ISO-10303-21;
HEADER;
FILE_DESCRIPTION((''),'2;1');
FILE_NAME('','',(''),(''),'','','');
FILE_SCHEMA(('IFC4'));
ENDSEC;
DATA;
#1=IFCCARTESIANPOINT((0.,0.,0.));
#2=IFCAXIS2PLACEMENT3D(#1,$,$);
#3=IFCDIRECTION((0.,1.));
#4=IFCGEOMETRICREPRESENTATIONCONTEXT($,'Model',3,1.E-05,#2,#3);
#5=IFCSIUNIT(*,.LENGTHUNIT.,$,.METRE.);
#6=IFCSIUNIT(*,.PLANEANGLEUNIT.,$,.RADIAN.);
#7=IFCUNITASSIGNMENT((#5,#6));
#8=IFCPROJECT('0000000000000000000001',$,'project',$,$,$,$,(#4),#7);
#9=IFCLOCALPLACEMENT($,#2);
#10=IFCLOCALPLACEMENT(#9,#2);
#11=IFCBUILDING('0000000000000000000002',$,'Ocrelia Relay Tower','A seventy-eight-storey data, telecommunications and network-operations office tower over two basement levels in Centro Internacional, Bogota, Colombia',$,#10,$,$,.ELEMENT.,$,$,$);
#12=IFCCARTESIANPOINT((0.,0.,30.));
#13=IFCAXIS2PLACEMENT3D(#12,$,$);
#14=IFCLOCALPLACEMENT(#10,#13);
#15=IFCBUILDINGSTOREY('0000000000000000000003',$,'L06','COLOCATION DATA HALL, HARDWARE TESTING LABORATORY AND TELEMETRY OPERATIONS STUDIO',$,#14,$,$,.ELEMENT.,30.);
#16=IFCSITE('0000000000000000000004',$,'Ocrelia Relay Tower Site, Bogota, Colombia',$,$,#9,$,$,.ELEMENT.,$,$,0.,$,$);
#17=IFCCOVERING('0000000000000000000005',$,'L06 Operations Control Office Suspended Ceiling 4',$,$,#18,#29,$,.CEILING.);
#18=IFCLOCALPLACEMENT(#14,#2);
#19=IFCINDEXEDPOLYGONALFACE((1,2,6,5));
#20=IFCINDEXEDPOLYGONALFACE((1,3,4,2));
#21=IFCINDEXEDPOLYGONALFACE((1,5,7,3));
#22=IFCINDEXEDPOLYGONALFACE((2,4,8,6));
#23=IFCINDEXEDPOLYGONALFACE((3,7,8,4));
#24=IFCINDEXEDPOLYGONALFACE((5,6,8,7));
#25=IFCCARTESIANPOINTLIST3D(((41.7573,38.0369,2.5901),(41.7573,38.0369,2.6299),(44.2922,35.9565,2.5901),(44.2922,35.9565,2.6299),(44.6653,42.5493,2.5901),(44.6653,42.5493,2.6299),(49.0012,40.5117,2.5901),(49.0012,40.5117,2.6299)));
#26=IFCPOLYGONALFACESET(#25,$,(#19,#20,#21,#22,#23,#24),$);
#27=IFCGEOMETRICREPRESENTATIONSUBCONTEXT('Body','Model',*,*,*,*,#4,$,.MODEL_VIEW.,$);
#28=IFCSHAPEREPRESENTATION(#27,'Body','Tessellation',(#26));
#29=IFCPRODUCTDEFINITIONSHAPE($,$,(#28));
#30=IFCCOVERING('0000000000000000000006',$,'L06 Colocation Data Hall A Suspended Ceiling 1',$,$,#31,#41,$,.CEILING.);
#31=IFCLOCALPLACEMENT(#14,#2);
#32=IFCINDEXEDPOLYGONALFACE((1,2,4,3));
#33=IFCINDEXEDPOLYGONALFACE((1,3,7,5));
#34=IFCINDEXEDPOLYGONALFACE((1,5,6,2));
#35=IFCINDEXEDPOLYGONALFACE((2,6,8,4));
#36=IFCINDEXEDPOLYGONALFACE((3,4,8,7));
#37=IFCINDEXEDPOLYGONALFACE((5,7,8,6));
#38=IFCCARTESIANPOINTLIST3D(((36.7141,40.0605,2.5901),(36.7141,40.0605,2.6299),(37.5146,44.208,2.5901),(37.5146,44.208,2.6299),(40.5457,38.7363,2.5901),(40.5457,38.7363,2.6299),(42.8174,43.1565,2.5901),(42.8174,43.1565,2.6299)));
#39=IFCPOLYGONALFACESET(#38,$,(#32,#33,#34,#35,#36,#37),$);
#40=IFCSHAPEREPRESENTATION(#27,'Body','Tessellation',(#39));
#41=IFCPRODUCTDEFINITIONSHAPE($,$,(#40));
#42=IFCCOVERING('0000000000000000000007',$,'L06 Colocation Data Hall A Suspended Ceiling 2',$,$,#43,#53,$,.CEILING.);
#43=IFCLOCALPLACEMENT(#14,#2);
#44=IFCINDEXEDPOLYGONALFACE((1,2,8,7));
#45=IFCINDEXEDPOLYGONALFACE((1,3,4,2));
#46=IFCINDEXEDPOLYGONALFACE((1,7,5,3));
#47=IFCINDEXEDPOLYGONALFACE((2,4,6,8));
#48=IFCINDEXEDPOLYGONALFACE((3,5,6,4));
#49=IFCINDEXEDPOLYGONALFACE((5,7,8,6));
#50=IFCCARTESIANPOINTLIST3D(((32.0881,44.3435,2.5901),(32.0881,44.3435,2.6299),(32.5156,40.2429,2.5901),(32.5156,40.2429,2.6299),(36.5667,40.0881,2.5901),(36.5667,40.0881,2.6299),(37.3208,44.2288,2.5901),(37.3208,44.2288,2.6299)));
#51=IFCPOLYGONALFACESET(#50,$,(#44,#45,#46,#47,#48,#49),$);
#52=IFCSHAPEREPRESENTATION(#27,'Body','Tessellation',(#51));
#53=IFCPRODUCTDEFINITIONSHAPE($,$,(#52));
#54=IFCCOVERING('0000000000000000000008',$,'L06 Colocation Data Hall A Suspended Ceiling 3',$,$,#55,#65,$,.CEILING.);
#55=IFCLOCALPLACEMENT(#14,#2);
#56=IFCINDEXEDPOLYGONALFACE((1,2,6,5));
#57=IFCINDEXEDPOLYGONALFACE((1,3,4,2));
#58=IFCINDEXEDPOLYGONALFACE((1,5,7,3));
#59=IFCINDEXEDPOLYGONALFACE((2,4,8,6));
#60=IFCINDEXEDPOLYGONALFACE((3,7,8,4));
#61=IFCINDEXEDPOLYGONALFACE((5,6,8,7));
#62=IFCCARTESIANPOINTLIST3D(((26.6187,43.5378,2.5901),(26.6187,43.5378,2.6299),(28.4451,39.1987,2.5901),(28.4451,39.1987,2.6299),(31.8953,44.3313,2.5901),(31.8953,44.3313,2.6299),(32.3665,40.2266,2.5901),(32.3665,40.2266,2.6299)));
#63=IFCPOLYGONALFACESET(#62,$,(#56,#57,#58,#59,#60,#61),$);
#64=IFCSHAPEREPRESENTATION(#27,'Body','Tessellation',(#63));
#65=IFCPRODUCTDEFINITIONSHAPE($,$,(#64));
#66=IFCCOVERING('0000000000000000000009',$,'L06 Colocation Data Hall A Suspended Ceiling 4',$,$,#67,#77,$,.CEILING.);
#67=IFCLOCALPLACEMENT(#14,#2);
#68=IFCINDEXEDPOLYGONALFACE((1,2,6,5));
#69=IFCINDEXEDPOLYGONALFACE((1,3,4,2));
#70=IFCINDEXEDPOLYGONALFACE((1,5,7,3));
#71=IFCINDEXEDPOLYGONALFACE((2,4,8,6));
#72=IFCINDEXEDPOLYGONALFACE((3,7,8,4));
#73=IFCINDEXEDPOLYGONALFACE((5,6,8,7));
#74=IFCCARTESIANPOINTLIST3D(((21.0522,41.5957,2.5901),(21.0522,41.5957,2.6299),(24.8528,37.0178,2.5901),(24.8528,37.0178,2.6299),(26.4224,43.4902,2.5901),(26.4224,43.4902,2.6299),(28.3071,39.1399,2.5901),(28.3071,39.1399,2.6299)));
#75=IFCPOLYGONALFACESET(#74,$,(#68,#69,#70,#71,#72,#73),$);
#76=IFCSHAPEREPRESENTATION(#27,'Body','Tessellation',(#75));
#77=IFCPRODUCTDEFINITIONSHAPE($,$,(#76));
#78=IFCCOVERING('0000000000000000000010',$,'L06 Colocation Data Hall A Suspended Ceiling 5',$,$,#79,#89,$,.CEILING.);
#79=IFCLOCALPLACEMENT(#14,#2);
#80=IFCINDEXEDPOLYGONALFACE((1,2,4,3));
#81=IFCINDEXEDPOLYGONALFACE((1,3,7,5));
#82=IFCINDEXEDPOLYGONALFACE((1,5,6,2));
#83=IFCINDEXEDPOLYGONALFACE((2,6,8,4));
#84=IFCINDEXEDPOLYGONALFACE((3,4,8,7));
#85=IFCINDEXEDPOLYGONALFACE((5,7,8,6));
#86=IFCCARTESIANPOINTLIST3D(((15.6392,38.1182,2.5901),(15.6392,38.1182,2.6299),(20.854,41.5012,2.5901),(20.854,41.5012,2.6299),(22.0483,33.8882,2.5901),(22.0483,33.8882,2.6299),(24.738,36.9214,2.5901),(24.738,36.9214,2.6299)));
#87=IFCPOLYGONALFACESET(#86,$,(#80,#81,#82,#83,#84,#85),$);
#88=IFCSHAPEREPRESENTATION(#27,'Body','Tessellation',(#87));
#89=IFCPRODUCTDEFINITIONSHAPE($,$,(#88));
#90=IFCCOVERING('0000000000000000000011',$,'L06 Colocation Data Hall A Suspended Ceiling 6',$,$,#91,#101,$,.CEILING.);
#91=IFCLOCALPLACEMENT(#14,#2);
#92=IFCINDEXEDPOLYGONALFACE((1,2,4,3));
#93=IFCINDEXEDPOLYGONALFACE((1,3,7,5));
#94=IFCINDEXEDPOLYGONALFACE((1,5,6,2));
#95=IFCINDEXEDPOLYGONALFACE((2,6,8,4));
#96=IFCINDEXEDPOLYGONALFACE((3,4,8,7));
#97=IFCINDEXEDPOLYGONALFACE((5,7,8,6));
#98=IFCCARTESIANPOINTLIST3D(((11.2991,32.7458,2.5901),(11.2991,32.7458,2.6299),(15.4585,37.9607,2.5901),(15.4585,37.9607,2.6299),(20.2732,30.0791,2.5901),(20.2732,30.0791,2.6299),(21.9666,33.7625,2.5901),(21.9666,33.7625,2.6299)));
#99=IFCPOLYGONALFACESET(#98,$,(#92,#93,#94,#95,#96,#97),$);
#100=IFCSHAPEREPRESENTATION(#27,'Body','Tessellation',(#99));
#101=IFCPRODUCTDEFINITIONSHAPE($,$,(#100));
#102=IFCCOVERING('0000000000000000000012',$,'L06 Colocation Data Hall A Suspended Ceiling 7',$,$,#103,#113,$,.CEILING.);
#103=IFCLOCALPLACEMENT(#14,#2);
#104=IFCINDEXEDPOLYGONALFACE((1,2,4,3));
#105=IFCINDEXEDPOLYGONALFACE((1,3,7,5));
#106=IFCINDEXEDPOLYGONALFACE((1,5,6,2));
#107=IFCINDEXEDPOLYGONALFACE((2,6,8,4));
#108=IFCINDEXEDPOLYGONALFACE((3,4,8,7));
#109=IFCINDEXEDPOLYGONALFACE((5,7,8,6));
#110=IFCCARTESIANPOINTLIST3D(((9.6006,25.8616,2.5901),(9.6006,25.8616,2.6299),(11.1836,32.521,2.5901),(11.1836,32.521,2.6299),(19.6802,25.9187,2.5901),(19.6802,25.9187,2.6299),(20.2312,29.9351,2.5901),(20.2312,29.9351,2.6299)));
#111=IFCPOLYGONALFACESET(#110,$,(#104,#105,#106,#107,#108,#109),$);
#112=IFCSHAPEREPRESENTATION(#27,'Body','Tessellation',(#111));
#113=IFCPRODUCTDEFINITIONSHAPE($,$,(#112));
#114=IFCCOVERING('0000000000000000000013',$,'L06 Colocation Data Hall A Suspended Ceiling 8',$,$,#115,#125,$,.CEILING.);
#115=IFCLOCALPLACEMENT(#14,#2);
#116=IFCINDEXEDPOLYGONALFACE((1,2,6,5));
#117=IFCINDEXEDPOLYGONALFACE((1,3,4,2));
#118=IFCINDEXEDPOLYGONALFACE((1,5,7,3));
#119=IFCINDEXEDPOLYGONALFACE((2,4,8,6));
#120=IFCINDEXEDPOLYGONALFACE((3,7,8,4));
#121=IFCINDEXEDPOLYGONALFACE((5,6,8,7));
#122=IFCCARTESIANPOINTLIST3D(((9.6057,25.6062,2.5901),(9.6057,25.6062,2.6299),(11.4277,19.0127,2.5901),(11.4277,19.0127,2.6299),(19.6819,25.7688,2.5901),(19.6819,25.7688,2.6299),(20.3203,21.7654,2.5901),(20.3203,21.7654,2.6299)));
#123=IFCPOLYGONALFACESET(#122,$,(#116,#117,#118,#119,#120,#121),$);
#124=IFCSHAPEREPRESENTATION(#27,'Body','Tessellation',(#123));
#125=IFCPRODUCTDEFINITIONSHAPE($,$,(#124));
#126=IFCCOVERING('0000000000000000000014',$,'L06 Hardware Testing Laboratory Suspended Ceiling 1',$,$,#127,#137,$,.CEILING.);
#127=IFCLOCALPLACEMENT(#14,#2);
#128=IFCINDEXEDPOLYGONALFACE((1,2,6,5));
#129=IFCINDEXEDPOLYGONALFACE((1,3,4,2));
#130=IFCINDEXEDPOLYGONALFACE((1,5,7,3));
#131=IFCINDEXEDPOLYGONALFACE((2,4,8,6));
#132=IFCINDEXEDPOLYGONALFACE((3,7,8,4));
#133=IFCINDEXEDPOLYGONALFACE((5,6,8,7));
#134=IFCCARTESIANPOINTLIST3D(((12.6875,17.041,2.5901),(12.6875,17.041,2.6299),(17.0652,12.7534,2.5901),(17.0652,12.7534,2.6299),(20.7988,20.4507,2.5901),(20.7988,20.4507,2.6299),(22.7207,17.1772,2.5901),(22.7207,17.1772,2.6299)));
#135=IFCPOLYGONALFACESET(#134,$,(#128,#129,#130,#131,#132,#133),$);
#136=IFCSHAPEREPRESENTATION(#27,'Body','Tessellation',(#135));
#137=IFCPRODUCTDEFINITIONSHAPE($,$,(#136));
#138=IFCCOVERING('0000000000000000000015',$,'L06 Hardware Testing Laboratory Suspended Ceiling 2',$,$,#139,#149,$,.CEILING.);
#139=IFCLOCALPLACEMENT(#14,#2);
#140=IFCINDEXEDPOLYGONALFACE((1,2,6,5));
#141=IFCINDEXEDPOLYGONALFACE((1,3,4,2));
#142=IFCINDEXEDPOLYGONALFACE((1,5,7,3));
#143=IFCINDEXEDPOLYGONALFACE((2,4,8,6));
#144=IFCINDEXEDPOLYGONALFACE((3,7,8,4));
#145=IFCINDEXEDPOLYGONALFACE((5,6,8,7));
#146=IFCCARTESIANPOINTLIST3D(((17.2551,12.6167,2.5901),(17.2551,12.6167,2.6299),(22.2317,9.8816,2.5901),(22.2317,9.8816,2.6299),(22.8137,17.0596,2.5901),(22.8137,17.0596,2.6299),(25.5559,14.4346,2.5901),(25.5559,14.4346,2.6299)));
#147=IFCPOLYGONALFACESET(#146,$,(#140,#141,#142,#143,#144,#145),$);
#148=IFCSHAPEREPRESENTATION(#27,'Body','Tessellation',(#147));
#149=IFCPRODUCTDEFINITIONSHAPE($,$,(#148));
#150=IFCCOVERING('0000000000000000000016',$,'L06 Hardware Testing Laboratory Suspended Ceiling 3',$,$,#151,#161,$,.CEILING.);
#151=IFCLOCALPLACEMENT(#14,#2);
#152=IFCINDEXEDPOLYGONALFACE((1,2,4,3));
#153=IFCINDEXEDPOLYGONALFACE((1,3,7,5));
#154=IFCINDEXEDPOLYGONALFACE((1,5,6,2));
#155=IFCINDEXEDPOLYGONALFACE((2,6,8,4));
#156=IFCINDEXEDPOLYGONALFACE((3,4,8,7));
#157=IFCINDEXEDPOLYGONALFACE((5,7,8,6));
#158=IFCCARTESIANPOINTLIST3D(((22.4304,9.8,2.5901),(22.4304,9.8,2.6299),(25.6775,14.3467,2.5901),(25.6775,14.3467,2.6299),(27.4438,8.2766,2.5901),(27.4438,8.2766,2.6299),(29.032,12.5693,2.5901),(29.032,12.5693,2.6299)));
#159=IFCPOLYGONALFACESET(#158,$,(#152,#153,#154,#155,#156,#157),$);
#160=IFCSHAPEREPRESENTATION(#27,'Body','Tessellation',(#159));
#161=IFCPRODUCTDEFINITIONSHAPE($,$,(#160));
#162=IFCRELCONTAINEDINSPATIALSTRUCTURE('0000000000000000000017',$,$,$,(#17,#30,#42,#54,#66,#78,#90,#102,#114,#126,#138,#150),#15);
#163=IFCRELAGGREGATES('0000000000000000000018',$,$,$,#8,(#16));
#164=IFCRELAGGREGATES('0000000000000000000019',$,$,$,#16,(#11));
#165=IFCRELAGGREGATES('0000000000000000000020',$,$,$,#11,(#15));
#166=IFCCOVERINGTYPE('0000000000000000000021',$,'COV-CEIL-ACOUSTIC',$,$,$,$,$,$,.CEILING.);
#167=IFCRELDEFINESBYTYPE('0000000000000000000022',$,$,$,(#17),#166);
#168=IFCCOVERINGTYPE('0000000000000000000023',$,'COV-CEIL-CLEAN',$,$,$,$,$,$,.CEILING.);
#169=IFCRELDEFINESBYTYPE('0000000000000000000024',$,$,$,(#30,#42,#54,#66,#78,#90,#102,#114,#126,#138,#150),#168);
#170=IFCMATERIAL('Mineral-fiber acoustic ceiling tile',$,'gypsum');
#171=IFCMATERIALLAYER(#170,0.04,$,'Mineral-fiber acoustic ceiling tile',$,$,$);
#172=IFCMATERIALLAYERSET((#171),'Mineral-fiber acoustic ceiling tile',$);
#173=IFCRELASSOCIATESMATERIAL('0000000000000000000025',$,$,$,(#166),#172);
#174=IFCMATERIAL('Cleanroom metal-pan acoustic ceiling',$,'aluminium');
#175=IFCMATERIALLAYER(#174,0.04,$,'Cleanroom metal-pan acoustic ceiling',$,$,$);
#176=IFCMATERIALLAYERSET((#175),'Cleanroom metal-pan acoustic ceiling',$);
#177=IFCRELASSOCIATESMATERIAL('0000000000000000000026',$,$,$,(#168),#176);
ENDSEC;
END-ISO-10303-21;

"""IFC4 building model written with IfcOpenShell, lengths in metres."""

from ifc_helpers import new_model, si_unit, direction, frame, origin, place, context, subcontext, project, spatial, polyline, outline, extrude, material, layer, layer_set, type_object, element, save


model = new_model("IFC4")

# Units and contexts
model_context = context("Model", 3, precision=1e-05, world=origin(), true_north=direction((0.0, 1.0)))
body_context = subcontext(model_context, "Body", "Model", "MODEL_VIEW")
ifc_project = project(units=[si_unit("LENGTHUNIT", "METRE"), si_unit("PLANEANGLEUNIT", "RADIAN")], contexts=[model_context])

# Site, building, storey
site_placement = place(None, origin())
site = spatial("IfcSite", under=ifc_project, at=site_placement, Name="Ocrelia Relay Tower Site, Bogota, Colombia", CompositionType="ELEMENT", RefElevation=0.0)
building_placement = place(site_placement, origin())
building = spatial("IfcBuilding", under=site, at=building_placement, Name="Ocrelia Relay Tower", Description="A seventy-eight-storey data, telecommunications and network-operations office tower over two basement levels in Centro Internacional, Bogota, Colombia", CompositionType="ELEMENT")
storey_placement = place(building_placement, frame((0.0, 0.0, 30.0)))
storey = spatial("IfcBuildingStorey", under=building, at=storey_placement, Name="L06", Description="COLOCATION DATA HALL, HARDWARE TESTING LABORATORY AND TELEMETRY OPERATIONS STUDIO", CompositionType="ELEMENT", Elevation=30.0)

# Coverings
ifc_material_1 = material(Name="Mineral-fiber acoustic ceiling tile", Category="gypsum")
ifc_layer_1 = layer(ifc_material_1, 0.04, Name="Mineral-fiber acoustic ceiling tile")
ifc_layer_set_1 = layer_set([ifc_layer_1], Name="Mineral-fiber acoustic ceiling tile")
covering_type_1 = type_object("IfcCoveringType", Name="COV-CEIL-ACOUSTIC", PredefinedType="CEILING", material=ifc_layer_set_1)
covering_1_placement = place(storey_placement, frame((0.0, 0.0, 2.5901)))
element("IfcCovering", 1, at=covering_1_placement, inside=storey, type_object=covering_type_1, Name="L06 Operations Control Office Suspended Ceiling 4", PredefinedType="CEILING", context=body_context, shape_type="SweptSolid", body=[
    extrude(outline(polyline([(44.2922, 35.9565), (49.0012, 40.5117), (44.6653, 42.5493), (41.7573, 38.0369), (44.2922, 35.9565)])), origin(), (0.0, 0.0, 1.0), 0.0398),
])
ifc_material_2 = material(Name="Cleanroom metal-pan acoustic ceiling", Category="aluminium")
ifc_layer_2 = layer(ifc_material_2, 0.04, Name="Cleanroom metal-pan acoustic ceiling")
ifc_layer_set_2 = layer_set([ifc_layer_2], Name="Cleanroom metal-pan acoustic ceiling")
covering_type_2 = type_object("IfcCoveringType", Name="COV-CEIL-CLEAN", PredefinedType="CEILING", material=ifc_layer_set_2)
covering_2_placement = place(storey_placement, frame((0.0, 0.0, 2.5901)))
element("IfcCovering", 2, at=covering_2_placement, inside=storey, type_object=covering_type_2, Name="L06 Colocation Data Hall A Suspended Ceiling 1", PredefinedType="CEILING", context=body_context, shape_type="SweptSolid", body=[
    extrude(outline(polyline([(40.5457, 38.7363), (42.8174, 43.1565), (37.5146, 44.208), (36.7141, 40.0605), (40.5457, 38.7363)])), origin(), (0.0, 0.0, 1.0), 0.0398),
])
covering_3_placement = place(storey_placement, frame((0.0, 0.0, 2.5901)))
element("IfcCovering", 3, at=covering_3_placement, inside=storey, type_object=covering_type_2, Name="L06 Colocation Data Hall A Suspended Ceiling 2", PredefinedType="CEILING", context=body_context, shape_type="SweptSolid", body=[
    extrude(outline(polyline([(36.5667, 40.0881), (37.3208, 44.2288), (32.0881, 44.3435), (32.5156, 40.2429), (36.5667, 40.0881)])), origin(), (0.0, 0.0, 1.0), 0.0398),
])
covering_4_placement = place(storey_placement, frame((0.0, 0.0, 2.5901)))
element("IfcCovering", 4, at=covering_4_placement, inside=storey, type_object=covering_type_2, Name="L06 Colocation Data Hall A Suspended Ceiling 3", PredefinedType="CEILING", context=body_context, shape_type="SweptSolid", body=[
    extrude(outline(polyline([(32.3665, 40.2266), (31.8953, 44.3313), (26.6187, 43.5378), (28.4451, 39.1987), (32.3665, 40.2266)])), origin(), (0.0, 0.0, 1.0), 0.0398),
])
covering_5_placement = place(storey_placement, frame((0.0, 0.0, 2.5901)))
element("IfcCovering", 5, at=covering_5_placement, inside=storey, type_object=covering_type_2, Name="L06 Colocation Data Hall A Suspended Ceiling 4", PredefinedType="CEILING", context=body_context, shape_type="SweptSolid", body=[
    extrude(outline(polyline([(28.3071, 39.1399), (26.4224, 43.4902), (21.0522, 41.5957), (24.8528, 37.0178), (28.3071, 39.1399)])), origin(), (0.0, 0.0, 1.0), 0.0398),
])
covering_6_placement = place(storey_placement, frame((0.0, 0.0, 2.5901)))
element("IfcCovering", 6, at=covering_6_placement, inside=storey, type_object=covering_type_2, Name="L06 Colocation Data Hall A Suspended Ceiling 5", PredefinedType="CEILING", context=body_context, shape_type="SweptSolid", body=[
    extrude(outline(polyline([(24.738, 36.9214), (20.854, 41.5012), (15.6392, 38.1182), (22.0483, 33.8882), (24.738, 36.9214)])), origin(), (0.0, 0.0, 1.0), 0.0398),
])
covering_7_placement = place(storey_placement, frame((0.0, 0.0, 2.5901)))
element("IfcCovering", 7, at=covering_7_placement, inside=storey, type_object=covering_type_2, Name="L06 Colocation Data Hall A Suspended Ceiling 6", PredefinedType="CEILING", context=body_context, shape_type="SweptSolid", body=[
    extrude(outline(polyline([(21.9666, 33.7625), (15.4585, 37.9607), (11.2991, 32.7458), (20.2732, 30.0791), (21.9666, 33.7625)])), origin(), (0.0, 0.0, 1.0), 0.0398),
])
covering_8_placement = place(storey_placement, frame((0.0, 0.0, 2.5901)))
element("IfcCovering", 8, at=covering_8_placement, inside=storey, type_object=covering_type_2, Name="L06 Colocation Data Hall A Suspended Ceiling 7", PredefinedType="CEILING", context=body_context, shape_type="SweptSolid", body=[
    extrude(outline(polyline([(20.2312, 29.9351), (11.1836, 32.521), (9.6006, 25.8616), (19.6802, 25.9187), (20.2312, 29.9351)])), origin(), (0.0, 0.0, 1.0), 0.0398),
])
covering_9_placement = place(storey_placement, frame((0.0, 0.0, 2.5901)))
element("IfcCovering", 9, at=covering_9_placement, inside=storey, type_object=covering_type_2, Name="L06 Colocation Data Hall A Suspended Ceiling 8", PredefinedType="CEILING", context=body_context, shape_type="SweptSolid", body=[
    extrude(outline(polyline([(19.6819, 25.7688), (9.6057, 25.6062), (11.4277, 19.0127), (20.3203, 21.7654), (19.6819, 25.7688)])), origin(), (0.0, 0.0, 1.0), 0.0398),
])
covering_10_placement = place(storey_placement, frame((0.0, 0.0, 2.5901)))
element("IfcCovering", 10, at=covering_10_placement, inside=storey, type_object=covering_type_2, Name="L06 Hardware Testing Laboratory Suspended Ceiling 1", PredefinedType="CEILING", context=body_context, shape_type="SweptSolid", body=[
    extrude(outline(polyline([(20.7988, 20.4507), (12.6875, 17.041), (17.0652, 12.7534), (22.7207, 17.1772), (20.7988, 20.4507)])), origin(), (0.0, 0.0, 1.0), 0.0398),
])
covering_11_placement = place(storey_placement, frame((0.0, 0.0, 2.5901)))
element("IfcCovering", 11, at=covering_11_placement, inside=storey, type_object=covering_type_2, Name="L06 Hardware Testing Laboratory Suspended Ceiling 2", PredefinedType="CEILING", context=body_context, shape_type="SweptSolid", body=[
    extrude(outline(polyline([(22.8137, 17.0596), (17.2551, 12.6167), (22.2317, 9.8816), (25.5559, 14.4346), (22.8137, 17.0596)])), origin(), (0.0, 0.0, 1.0), 0.0398),
])
covering_12_placement = place(storey_placement, frame((0.0, 0.0, 2.5901)))
element("IfcCovering", 12, at=covering_12_placement, inside=storey, type_object=covering_type_2, Name="L06 Hardware Testing Laboratory Suspended Ceiling 3", PredefinedType="CEILING", context=body_context, shape_type="SweptSolid", body=[
    extrude(outline(polyline([(25.6775, 14.3467), (22.4304, 9.8), (27.4438, 8.2766), (29.032, 12.5693), (25.6775, 14.3467)])), origin(), (0.0, 0.0, 1.0), 0.0398),
])

save(model, "model.ifc")
